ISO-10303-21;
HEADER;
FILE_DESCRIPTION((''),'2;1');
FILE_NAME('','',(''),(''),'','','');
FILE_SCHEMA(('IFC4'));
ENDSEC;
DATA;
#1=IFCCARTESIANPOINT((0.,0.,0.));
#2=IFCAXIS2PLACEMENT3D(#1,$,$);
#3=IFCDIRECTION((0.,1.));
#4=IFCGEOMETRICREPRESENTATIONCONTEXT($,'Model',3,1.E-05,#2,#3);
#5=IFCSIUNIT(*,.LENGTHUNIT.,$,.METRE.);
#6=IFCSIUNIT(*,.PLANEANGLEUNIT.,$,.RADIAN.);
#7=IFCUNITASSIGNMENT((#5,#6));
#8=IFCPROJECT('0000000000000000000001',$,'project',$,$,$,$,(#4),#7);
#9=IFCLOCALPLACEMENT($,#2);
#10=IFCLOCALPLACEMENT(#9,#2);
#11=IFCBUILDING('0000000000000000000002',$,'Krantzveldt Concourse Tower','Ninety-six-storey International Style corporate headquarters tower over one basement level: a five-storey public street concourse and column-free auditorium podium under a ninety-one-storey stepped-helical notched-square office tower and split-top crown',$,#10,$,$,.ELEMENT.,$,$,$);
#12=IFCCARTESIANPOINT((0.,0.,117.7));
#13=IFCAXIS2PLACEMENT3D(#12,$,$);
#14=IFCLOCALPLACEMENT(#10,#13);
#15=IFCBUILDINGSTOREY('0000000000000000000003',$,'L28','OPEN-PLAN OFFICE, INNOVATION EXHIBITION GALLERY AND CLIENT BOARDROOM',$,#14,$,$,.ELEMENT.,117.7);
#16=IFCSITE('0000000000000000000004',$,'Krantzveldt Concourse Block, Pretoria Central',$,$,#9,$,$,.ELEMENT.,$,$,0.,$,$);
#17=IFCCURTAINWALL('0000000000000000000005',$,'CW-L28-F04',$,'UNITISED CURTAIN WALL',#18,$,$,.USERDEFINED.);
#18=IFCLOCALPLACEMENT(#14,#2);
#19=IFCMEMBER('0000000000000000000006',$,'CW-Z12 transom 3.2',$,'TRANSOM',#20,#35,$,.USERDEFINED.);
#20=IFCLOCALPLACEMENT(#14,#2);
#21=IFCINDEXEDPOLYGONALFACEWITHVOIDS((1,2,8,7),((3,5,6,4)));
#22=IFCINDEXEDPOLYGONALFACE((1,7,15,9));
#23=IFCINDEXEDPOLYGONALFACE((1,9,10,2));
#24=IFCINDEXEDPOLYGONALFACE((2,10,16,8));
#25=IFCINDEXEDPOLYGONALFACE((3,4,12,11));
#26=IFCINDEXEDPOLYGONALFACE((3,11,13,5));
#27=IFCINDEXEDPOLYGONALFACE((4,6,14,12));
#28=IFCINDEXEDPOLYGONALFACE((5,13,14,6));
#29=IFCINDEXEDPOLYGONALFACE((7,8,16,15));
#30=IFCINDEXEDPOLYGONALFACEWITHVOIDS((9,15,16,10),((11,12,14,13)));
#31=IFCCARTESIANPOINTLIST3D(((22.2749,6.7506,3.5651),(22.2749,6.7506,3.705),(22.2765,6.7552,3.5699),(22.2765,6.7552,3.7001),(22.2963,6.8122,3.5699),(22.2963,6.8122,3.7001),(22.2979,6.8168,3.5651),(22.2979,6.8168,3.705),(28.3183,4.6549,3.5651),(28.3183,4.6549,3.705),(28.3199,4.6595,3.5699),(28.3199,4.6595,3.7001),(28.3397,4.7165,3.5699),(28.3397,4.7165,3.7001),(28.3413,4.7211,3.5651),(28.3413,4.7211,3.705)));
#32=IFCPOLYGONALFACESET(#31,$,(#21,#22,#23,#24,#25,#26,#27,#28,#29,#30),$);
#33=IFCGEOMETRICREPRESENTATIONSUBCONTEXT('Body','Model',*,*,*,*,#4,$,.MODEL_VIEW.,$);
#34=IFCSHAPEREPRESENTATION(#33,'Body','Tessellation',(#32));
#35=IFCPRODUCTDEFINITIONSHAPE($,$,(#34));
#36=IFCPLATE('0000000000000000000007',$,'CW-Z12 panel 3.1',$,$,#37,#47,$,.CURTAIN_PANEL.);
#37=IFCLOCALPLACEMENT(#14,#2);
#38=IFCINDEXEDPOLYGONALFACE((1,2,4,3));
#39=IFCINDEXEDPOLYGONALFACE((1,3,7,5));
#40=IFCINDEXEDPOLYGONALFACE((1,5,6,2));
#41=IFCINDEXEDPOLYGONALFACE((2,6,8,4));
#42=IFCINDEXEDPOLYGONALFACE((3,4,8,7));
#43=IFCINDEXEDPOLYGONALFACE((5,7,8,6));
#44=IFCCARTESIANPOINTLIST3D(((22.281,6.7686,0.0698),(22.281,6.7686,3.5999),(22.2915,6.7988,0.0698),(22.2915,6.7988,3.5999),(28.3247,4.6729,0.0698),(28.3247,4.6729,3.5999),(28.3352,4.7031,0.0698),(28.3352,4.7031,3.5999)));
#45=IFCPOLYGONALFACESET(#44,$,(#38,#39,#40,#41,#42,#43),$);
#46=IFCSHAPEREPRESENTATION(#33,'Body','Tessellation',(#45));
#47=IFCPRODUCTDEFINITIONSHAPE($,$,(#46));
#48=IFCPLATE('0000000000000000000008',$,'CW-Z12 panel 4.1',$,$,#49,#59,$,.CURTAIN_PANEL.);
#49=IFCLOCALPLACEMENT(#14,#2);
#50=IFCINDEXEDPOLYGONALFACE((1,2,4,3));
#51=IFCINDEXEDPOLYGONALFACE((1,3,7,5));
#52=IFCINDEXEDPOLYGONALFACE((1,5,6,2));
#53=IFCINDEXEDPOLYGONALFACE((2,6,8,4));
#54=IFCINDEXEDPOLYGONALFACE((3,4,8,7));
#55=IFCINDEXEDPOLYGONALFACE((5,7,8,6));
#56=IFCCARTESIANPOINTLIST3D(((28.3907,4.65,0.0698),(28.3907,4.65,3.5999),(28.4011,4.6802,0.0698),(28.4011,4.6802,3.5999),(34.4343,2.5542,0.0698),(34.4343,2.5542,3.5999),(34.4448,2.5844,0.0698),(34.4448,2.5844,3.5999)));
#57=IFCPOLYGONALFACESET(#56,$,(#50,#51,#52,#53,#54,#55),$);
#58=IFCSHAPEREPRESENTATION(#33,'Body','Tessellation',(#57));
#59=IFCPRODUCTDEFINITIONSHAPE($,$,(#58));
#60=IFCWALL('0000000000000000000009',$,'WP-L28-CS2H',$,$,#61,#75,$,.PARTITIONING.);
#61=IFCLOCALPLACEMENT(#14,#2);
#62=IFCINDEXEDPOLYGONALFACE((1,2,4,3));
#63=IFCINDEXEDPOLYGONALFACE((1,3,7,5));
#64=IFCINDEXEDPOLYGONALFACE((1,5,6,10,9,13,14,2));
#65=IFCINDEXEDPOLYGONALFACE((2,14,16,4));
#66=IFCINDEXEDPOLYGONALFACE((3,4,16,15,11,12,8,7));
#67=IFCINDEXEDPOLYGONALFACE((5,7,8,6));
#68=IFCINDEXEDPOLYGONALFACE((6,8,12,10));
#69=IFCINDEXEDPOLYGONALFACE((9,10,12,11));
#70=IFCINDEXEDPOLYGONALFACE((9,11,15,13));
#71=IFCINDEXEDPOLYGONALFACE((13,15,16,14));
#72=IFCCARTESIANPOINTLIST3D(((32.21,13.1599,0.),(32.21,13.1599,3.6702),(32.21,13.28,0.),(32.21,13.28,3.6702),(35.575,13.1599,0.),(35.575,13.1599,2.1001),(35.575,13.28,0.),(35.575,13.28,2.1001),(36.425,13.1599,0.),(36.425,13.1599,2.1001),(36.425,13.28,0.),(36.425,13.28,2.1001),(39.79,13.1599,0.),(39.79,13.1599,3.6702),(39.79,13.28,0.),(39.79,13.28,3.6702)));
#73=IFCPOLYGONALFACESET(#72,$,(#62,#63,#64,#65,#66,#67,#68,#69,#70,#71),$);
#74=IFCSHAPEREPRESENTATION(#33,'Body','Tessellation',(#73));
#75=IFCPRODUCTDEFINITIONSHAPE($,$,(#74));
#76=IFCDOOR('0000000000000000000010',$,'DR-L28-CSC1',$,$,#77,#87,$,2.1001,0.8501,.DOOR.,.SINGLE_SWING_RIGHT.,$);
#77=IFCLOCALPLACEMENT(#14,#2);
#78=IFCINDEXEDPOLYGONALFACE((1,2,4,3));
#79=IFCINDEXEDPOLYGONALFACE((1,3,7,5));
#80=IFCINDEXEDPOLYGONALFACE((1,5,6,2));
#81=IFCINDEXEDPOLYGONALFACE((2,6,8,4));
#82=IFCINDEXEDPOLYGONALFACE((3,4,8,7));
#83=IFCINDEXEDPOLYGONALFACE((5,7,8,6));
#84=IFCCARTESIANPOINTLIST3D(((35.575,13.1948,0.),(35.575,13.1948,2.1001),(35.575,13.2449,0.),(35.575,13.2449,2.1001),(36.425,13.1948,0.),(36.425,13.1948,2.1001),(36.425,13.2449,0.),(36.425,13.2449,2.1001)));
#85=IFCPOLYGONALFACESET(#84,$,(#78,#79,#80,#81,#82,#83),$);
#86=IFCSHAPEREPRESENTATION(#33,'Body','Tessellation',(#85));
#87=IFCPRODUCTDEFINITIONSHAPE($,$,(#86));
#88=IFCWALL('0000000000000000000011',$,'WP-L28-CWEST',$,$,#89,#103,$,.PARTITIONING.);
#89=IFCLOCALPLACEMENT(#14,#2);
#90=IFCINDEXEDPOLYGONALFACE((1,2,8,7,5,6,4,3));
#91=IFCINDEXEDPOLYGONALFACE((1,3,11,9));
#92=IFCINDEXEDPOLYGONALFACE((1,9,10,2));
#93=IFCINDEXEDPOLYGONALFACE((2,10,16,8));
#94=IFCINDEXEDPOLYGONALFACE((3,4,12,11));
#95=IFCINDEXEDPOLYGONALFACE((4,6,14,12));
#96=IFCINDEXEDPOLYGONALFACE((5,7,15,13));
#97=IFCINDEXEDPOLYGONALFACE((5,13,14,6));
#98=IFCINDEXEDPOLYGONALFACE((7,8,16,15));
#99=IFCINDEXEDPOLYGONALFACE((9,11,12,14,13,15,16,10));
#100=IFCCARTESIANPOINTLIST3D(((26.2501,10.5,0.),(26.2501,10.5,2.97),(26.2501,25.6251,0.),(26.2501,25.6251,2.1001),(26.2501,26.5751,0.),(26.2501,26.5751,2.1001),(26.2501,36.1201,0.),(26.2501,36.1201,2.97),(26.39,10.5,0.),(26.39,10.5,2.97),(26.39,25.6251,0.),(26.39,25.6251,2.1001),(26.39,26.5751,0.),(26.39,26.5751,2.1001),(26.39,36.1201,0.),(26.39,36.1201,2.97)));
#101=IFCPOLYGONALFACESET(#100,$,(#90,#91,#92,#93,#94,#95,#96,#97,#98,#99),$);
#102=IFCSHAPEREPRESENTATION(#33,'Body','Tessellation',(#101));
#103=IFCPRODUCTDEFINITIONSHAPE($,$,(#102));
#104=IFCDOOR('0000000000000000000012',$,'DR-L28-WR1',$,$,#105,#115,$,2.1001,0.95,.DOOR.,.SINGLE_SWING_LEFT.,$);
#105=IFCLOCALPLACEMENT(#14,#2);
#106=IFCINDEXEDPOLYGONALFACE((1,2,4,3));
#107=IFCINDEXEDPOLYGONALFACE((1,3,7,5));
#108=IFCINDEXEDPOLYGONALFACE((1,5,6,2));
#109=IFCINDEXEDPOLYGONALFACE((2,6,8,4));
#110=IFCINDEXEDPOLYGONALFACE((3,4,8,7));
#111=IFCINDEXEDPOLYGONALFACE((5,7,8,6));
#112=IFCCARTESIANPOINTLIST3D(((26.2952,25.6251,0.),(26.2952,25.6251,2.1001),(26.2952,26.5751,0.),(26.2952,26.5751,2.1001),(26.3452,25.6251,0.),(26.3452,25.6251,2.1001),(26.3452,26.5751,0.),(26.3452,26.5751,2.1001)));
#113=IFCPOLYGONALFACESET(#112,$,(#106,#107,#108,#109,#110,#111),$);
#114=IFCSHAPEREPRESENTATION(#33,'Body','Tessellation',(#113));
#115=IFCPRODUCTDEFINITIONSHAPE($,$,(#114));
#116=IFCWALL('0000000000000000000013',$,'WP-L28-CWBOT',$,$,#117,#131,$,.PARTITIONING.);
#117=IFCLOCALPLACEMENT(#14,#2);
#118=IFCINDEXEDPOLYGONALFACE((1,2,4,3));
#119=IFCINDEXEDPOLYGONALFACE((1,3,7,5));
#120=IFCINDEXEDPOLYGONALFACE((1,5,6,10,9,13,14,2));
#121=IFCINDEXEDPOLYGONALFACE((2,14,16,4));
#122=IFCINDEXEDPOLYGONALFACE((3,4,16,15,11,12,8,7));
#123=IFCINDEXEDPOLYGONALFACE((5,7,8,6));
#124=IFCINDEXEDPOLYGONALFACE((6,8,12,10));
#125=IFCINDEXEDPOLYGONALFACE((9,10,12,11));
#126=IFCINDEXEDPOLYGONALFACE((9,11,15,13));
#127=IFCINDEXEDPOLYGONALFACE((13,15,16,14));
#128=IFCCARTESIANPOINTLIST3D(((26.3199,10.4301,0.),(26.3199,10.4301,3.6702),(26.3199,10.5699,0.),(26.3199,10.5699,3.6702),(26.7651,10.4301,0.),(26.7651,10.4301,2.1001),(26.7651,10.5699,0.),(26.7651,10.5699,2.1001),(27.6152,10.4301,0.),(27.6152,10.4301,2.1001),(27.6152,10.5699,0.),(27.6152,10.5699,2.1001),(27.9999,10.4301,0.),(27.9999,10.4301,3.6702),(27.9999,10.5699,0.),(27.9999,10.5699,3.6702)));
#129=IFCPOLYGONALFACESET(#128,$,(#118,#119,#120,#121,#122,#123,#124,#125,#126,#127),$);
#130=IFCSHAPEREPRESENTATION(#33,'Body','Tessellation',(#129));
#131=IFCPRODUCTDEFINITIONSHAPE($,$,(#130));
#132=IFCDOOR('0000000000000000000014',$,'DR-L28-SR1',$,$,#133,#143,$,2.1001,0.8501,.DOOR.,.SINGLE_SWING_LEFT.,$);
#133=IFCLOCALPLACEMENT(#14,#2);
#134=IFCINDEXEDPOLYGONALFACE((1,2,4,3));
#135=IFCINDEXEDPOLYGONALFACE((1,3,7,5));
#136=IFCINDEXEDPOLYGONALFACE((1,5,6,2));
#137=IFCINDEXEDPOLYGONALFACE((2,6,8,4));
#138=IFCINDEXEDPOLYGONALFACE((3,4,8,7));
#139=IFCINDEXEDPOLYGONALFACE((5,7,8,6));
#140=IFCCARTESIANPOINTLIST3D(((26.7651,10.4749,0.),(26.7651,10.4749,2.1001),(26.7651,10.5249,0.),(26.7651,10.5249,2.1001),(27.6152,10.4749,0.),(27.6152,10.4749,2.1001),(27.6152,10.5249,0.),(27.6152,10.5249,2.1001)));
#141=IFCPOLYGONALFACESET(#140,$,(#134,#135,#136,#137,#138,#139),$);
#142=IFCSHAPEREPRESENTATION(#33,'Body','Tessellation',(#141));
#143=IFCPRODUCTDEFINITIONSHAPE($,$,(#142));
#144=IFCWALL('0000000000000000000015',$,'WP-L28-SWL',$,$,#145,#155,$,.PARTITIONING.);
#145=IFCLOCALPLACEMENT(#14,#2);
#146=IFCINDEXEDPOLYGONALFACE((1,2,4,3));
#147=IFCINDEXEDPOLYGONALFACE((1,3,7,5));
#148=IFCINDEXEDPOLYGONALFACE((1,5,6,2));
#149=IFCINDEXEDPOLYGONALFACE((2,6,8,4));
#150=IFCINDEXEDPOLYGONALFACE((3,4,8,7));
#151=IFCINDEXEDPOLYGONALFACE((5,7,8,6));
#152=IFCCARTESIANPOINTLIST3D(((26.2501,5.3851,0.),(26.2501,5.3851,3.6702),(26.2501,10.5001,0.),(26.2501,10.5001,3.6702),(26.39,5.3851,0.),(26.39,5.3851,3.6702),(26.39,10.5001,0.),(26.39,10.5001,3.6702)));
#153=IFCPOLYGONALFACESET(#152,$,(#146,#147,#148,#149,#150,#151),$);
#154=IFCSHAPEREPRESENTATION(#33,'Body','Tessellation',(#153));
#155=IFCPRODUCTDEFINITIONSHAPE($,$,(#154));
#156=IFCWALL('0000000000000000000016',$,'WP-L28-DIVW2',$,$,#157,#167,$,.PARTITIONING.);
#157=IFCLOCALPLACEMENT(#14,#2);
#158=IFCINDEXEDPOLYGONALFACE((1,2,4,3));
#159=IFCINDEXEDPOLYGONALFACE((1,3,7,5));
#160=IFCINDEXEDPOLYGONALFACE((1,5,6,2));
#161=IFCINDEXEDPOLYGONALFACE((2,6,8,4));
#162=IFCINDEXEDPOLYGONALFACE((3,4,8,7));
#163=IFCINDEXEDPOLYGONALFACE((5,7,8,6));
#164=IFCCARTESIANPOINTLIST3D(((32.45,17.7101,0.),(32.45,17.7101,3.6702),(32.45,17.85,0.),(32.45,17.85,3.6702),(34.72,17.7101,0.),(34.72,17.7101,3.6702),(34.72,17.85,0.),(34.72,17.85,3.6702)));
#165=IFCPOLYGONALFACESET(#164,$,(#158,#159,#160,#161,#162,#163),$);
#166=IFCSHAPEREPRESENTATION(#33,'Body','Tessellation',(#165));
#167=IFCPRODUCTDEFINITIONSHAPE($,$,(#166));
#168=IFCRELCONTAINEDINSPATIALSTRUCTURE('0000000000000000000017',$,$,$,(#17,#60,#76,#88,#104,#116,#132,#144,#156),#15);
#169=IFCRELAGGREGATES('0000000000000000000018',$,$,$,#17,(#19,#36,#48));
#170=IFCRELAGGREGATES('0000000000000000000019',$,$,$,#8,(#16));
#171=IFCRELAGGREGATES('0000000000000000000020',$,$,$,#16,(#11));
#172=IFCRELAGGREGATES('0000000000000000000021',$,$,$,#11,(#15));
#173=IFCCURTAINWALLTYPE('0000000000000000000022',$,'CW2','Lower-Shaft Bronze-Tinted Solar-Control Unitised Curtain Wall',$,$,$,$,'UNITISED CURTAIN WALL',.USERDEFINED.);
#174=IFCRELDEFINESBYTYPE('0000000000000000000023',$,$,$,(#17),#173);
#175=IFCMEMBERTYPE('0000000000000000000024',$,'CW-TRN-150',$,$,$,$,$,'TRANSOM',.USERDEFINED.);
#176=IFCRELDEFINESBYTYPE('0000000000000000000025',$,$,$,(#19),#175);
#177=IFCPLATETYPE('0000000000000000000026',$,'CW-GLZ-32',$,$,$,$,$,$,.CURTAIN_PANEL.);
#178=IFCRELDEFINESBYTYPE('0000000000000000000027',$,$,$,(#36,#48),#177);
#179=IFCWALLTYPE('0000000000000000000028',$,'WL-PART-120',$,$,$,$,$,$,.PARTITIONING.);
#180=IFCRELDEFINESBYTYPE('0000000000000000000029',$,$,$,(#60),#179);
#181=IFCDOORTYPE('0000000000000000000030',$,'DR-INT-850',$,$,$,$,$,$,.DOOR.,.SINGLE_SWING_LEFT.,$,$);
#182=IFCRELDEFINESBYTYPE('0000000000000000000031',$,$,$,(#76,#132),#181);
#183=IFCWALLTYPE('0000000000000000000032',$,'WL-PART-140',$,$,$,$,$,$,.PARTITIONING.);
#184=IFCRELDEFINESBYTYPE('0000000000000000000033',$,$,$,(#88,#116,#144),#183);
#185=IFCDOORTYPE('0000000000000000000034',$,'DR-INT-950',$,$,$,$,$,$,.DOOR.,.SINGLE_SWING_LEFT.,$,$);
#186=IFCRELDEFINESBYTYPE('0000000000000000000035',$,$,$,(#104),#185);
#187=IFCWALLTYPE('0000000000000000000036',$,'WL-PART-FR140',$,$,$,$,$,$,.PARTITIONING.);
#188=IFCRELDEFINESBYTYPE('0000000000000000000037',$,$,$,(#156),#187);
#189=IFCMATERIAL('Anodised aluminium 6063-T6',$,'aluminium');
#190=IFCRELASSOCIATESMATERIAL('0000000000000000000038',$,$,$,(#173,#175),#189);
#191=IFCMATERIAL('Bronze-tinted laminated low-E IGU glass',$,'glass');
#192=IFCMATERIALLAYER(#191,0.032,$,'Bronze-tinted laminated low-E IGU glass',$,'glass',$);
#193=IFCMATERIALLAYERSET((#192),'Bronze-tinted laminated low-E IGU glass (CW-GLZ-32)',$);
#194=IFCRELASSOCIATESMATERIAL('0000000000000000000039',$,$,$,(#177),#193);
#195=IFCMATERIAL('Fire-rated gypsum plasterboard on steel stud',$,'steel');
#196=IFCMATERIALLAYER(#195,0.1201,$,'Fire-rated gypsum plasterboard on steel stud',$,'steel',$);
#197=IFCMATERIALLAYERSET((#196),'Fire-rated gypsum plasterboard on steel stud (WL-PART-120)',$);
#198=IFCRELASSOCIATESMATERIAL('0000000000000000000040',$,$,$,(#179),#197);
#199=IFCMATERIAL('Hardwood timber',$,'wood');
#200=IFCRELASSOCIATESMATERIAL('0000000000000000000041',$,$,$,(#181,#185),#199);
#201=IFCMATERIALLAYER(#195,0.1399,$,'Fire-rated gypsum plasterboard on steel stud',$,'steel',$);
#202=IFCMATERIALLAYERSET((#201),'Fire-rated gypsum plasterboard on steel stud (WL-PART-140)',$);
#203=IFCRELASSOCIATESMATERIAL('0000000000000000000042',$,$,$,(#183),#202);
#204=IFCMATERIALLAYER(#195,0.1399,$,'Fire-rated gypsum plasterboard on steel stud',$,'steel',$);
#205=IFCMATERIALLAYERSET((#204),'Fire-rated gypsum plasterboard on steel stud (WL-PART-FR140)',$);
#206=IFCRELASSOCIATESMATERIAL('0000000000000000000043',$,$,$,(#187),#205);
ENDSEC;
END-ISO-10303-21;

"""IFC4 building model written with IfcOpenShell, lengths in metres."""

from ifc_helpers import new_model, si_unit, direction, frame, frame_2d, origin, origin_2d, place, context, subcontext, project, spatial, rectangle, hollow_rectangle, extrude, source, transform, mapped, material, layer, layer_set, material_profile, profile_set, type_object, type_shapes, element, fill, aggregate, save


model = new_model("IFC4")

# Units and contexts
model_context = context("Model", 3, precision=1e-05, world=origin(), true_north=direction((0.0, 1.0)))
body_context = subcontext(model_context, "Body", "Model", "MODEL_VIEW")
ifc_project = project(units=[si_unit("LENGTHUNIT", "METRE"), si_unit("PLANEANGLEUNIT", "RADIAN")], contexts=[model_context])

# Site, building, storey
site_placement = place(None, origin())
site = spatial("IfcSite", under=ifc_project, at=site_placement, Name="Krantzveldt Concourse Block, Pretoria Central", CompositionType="ELEMENT", RefElevation=0.0)
building_placement = place(site_placement, origin())
building = spatial("IfcBuilding", under=site, at=building_placement, Name="Krantzveldt Concourse Tower", Description="Ninety-six-storey International Style corporate headquarters tower over one basement level: a five-storey public street concourse and column-free auditorium podium under a ninety-one-storey stepped-helical notched-square office tower and split-top crown", CompositionType="ELEMENT")
storey_placement = place(building_placement, frame((0.0, 0.0, 117.7)))
storey = spatial("IfcBuildingStorey", under=building, at=storey_placement, Name="L28", Description="OPEN-PLAN OFFICE, INNOVATION EXHIBITION GALLERY AND CLIENT BOARDROOM", CompositionType="ELEMENT", Elevation=117.7)

# Curtain wall, member, plates
ifc_material_1 = material(Name="Anodised aluminium 6063-T6", Category="aluminium")
curtain_wall_type = type_object("IfcCurtainWallType", Name="CW2", Description="Lower-Shaft Bronze-Tinted Solar-Control Unitised Curtain Wall", ElementType="UNITISED CURTAIN WALL", PredefinedType="USERDEFINED", material=ifc_material_1)
curtain_wall_placement = place(storey_placement, origin())
curtain_wall = element("IfcCurtainWall", 1, at=curtain_wall_placement, inside=storey, type_object=curtain_wall_type, Name="CW-L28-F04", ObjectType="UNITISED CURTAIN WALL", PredefinedType="USERDEFINED")
ifc_material_profile_1 = material_profile(ifc_material_1, hollow_rectangle(XDim=0.0701, YDim=0.1399, WallThickness=0.0049, at=origin_2d()), Name="Anodised aluminium 6063-T6", Category="aluminium")
ifc_profile_set_1 = profile_set([ifc_material_profile_1], Name="Anodised aluminium 6063-T6 - ALU-TRAN 140x70x5")
member_type_1 = type_object("IfcMemberType", Name="CW-TRN-150", ElementType="TRANSOM", PredefinedType="USERDEFINED", material=ifc_profile_set_1)
shared_shape_1 = source(origin(), body_context, "Body", "SweptSolid", [
    extrude(hollow_rectangle(XDim=0.0701, YDim=0.1399, WallThickness=0.0049, at=origin_2d()), origin(), (0.0, 0.0, 1.0), 6.3965),
])
member_1_placement = place(storey_placement, frame((22.2864, 6.7837, 3.635), z_axis=(0.944805, -0.327632, 0.0), x_axis=(0.327632, 0.944805, 0.0)))
member_1 = element("IfcMember", 2, at=member_1_placement, type_object=member_type_1, Name="CW-Z12 transom 3.2", ObjectType="TRANSOM", PredefinedType="USERDEFINED", context=body_context, shape_type="MappedRepresentation", body=[
    mapped(shared_shape_1, transform((0.0, 0.0, 0.0), x_axis=(1.0, 0.0, 0.0), y_axis=(0.0, 1.0, 0.0), z_axis=(0.0, 0.0, 1.0), scale=1.0)),
])
ifc_material_2 = material(Name="Bronze-tinted laminated low-E IGU glass", Category="glass")
ifc_layer_1 = layer(ifc_material_2, 0.032, Name="Bronze-tinted laminated low-E IGU glass", Category="glass")
ifc_layer_set_1 = layer_set([ifc_layer_1], Name="Bronze-tinted laminated low-E IGU glass (CW-GLZ-32)")
plate_type = type_object("IfcPlateType", Name="CW-GLZ-32", PredefinedType="CURTAIN_PANEL", material=ifc_layer_set_1)
shared_shape_2 = source(origin(), body_context, "Body", "SweptSolid", [
    extrude(rectangle(XDim=6.3967, YDim=0.032, at=origin_2d()), origin(), (0.0, 0.0, 1.0), 3.53),
])
type_shapes(plate_type, [shared_shape_2])
plate_1_placement = place(storey_placement, frame((25.3081, 5.7358, 0.0698), z_axis=(0.0, 0.0, 1.0), x_axis=(0.944806, -0.32763, 0.0)))
plate_1 = element("IfcPlate", 3, at=plate_1_placement, type_object=plate_type, Name="CW-Z12 panel 3.1", PredefinedType="CURTAIN_PANEL", context=body_context, shape_type="MappedRepresentation", body=[
    mapped(shared_shape_2, transform((0.0, 0.0, 0.0), x_axis=(1.0, 0.0, 0.0), y_axis=(0.0, 1.0, 0.0), z_axis=(0.0, 0.0, 1.0), scale=1.0)),
])
plate_2_placement = place(storey_placement, frame((31.4177, 3.6172, 0.0698), z_axis=(0.0, 0.0, 1.0), x_axis=(0.944806, -0.32763, 0.0)))
plate_2 = element("IfcPlate", 4, at=plate_2_placement, type_object=plate_type, Name="CW-Z12 panel 4.1", PredefinedType="CURTAIN_PANEL", context=body_context, shape_type="MappedRepresentation", body=[
    mapped(shared_shape_2, transform((0.0, 0.0, 0.0), x_axis=(1.0, 0.0, 0.0), y_axis=(0.0, 1.0, 0.0), z_axis=(0.0, 0.0, 1.0), scale=1.0)),
])
aggregate(curtain_wall, [member_1, plate_1, plate_2])

# Walls, openings, doors
ifc_material_3 = material(Name="Fire-rated gypsum plasterboard on steel stud", Category="steel")
ifc_layer_2 = layer(ifc_material_3, 0.1201, Name="Fire-rated gypsum plasterboard on steel stud", Category="steel")
ifc_layer_set_2 = layer_set([ifc_layer_2], Name="Fire-rated gypsum plasterboard on steel stud (WL-PART-120)")
wall_type_1 = type_object("IfcWallType", Name="WL-PART-120", PredefinedType="PARTITIONING", material=ifc_layer_set_2)
wall_1_placement = place(storey_placement, frame((32.21, 13.22, 0.0), z_axis=(0.0, 0.0, 1.0), x_axis=(1.0, 0.0, 0.0)))
wall_1 = element("IfcWall", 5, at=wall_1_placement, inside=storey, type_object=wall_type_1, Name="WP-L28-CS2H", PredefinedType="PARTITIONING", context=body_context, shape_type="SweptSolid", body=[
    extrude(rectangle(XDim=7.5801, YDim=0.1201, at=frame_2d((3.79, 0.0))), origin(), (0.0, 0.0, 1.0), 3.6702),
])
opening_1_placement = place(wall_1_placement, frame((3.365, 0.0, 0.0)))
opening_1 = element("IfcOpeningElement", 6, at=opening_1_placement, cuts=wall_1, PredefinedType="OPENING", context=body_context, shape_type="SweptSolid", body=[
    extrude(rectangle(XDim=0.8501, YDim=2.1001, at=frame_2d((0.425, 1.05))), frame((0.0, 0.0701, 0.0), z_axis=(0.0, -1.0, 0.0), x_axis=(1.0, 0.0, 0.0)), (0.0, 0.0, 1.0), 0.1401),
])
ifc_material_4 = material(Name="Hardwood timber", Category="wood")
door_type_1 = type_object("IfcDoorType", Name="DR-INT-850", OperationType="SINGLE_SWING_LEFT", PredefinedType="DOOR", material=ifc_material_4)
door_1_placement = place(opening_1_placement, origin())
door_1 = element("IfcDoor", 7, at=door_1_placement, inside=storey, type_object=door_type_1, Name="DR-L28-CSC1", OperationType="SINGLE_SWING_RIGHT", OverallHeight=2.1001, OverallWidth=0.8501, PredefinedType="DOOR", context=body_context, shape_type="SweptSolid", body=[
    extrude(rectangle(XDim=0.8501, YDim=2.1001, at=frame_2d((0.425, 1.05))), frame((0.0, 0.0249, 0.0), z_axis=(0.0, -1.0, 0.0), x_axis=(1.0, 0.0, 0.0)), (0.0, 0.0, 1.0), 0.05),
])
fill(opening_1, door_1)
ifc_layer_3 = layer(ifc_material_3, 0.1399, Name="Fire-rated gypsum plasterboard on steel stud", Category="steel")
ifc_layer_set_3 = layer_set([ifc_layer_3], Name="Fire-rated gypsum plasterboard on steel stud (WL-PART-140)")
wall_type_2 = type_object("IfcWallType", Name="WL-PART-140", PredefinedType="PARTITIONING", material=ifc_layer_set_3)
wall_2_placement = place(storey_placement, frame((26.3201, 10.5, 0.0), z_axis=(0.0, 0.0, 1.0), x_axis=(0.0, 1.0, 0.0)))
wall_2 = element("IfcWall", 8, at=wall_2_placement, inside=storey, type_object=wall_type_2, Name="WP-L28-CWEST", PredefinedType="PARTITIONING", context=body_context, shape_type="SweptSolid", body=[
    extrude(rectangle(XDim=25.6201, YDim=0.1399, at=frame_2d((12.8101, 0.0))), origin(), (0.0, 0.0, 1.0), 2.97),
])
opening_2_placement = place(wall_2_placement, frame((15.125, 0.0, 0.0)))
opening_2 = element("IfcOpeningElement", 9, at=opening_2_placement, cuts=wall_2, PredefinedType="OPENING", context=body_context, shape_type="SweptSolid", body=[
    extrude(rectangle(XDim=0.95, YDim=2.1001, at=frame_2d((0.4751, 1.05))), frame((0.0, 0.0801, 0.0), z_axis=(0.0, -1.0, 0.0), x_axis=(1.0, 0.0, 0.0)), (0.0, 0.0, 1.0), 0.1599),
])
door_type_2 = type_object("IfcDoorType", Name="DR-INT-950", OperationType="SINGLE_SWING_LEFT", PredefinedType="DOOR", material=ifc_material_4)
door_2_placement = place(opening_2_placement, origin())
door_2 = element("IfcDoor", 10, at=door_2_placement, inside=storey, type_object=door_type_2, Name="DR-L28-WR1", OperationType="SINGLE_SWING_LEFT", OverallHeight=2.1001, OverallWidth=0.95, PredefinedType="DOOR", context=body_context, shape_type="SweptSolid", body=[
    extrude(rectangle(XDim=0.95, YDim=2.1001, at=frame_2d((0.4751, 1.05))), frame((0.0, 0.0249, 0.0), z_axis=(0.0, -1.0, 0.0), x_axis=(1.0, 0.0, 0.0)), (0.0, 0.0, 1.0), 0.05),
])
fill(opening_2, door_2)
wall_3_placement = place(storey_placement, frame((26.3201, 10.5, 0.0), z_axis=(0.0, 0.0, 1.0), x_axis=(1.0, 0.0, 0.0)))
wall_3 = element("IfcWall", 11, at=wall_3_placement, inside=storey, type_object=wall_type_2, Name="WP-L28-CWBOT", PredefinedType="PARTITIONING", context=body_context, shape_type="SweptSolid", body=[
    extrude(rectangle(XDim=1.6799, YDim=0.1399, at=frame_2d((0.8398, 0.0))), origin(), (0.0, 0.0, 1.0), 3.6702),
])
opening_3_placement = place(wall_3_placement, frame((0.4451, 0.0, 0.0)))
opening_3 = element("IfcOpeningElement", 12, at=opening_3_placement, cuts=wall_3, PredefinedType="OPENING", context=body_context, shape_type="SweptSolid", body=[
    extrude(rectangle(XDim=0.8501, YDim=2.1001, at=frame_2d((0.425, 1.05))), frame((0.0, 0.0801, 0.0), z_axis=(0.0, -1.0, 0.0), x_axis=(1.0, 0.0, 0.0)), (0.0, 0.0, 1.0), 0.1599),
])
door_3_placement = place(opening_3_placement, origin())
door_3 = element("IfcDoor", 13, at=door_3_placement, inside=storey, type_object=door_type_1, Name="DR-L28-SR1", OperationType="SINGLE_SWING_LEFT", OverallHeight=2.1001, OverallWidth=0.8501, PredefinedType="DOOR", context=body_context, shape_type="SweptSolid", body=[
    extrude(rectangle(XDim=0.8501, YDim=2.1001, at=frame_2d((0.425, 1.05))), frame((0.0, 0.0249, 0.0), z_axis=(0.0, -1.0, 0.0), x_axis=(1.0, 0.0, 0.0)), (0.0, 0.0, 1.0), 0.05),
])
fill(opening_3, door_3)

# Walls
wall_4_placement = place(storey_placement, frame((26.3201, 5.385, 0.0), z_axis=(0.0, 0.0, 1.0), x_axis=(0.0, 1.0, 0.0)))
element("IfcWall", 14, at=wall_4_placement, inside=storey, type_object=wall_type_2, Name="WP-L28-SWL", PredefinedType="PARTITIONING", context=body_context, shape_type="SweptSolid", body=[
    extrude(rectangle(XDim=5.115, YDim=0.1399, at=frame_2d((2.5576, 0.0))), origin(), (0.0, 0.0, 1.0), 3.6702),
])
ifc_layer_4 = layer(ifc_material_3, 0.1399, Name="Fire-rated gypsum plasterboard on steel stud", Category="steel")
ifc_layer_set_4 = layer_set([ifc_layer_4], Name="Fire-rated gypsum plasterboard on steel stud (WL-PART-FR140)")
wall_type_3 = type_object("IfcWallType", Name="WL-PART-FR140", PredefinedType="PARTITIONING", material=ifc_layer_set_4)
for number, where, z_axis, x_axis, name in (
    (15, (32.45, 17.78, 0.0), (0.0, 0.0, 1.0), (1.0, 0.0, 0.0), "WP-L28-DIVW2"),
):
    element("IfcWall", number, at=place(storey_placement, frame(where, z_axis=z_axis, x_axis=x_axis)), inside=storey, type_object=wall_type_3, Name=name, PredefinedType="PARTITIONING", context=body_context, shape_type="SweptSolid", body=[
        extrude(rectangle(XDim=2.27, YDim=0.1399, at=frame_2d((1.135, 0.0))), origin(), (0.0, 0.0, 1.0), 3.6702),
    ])

save(model, "model.ifc")
